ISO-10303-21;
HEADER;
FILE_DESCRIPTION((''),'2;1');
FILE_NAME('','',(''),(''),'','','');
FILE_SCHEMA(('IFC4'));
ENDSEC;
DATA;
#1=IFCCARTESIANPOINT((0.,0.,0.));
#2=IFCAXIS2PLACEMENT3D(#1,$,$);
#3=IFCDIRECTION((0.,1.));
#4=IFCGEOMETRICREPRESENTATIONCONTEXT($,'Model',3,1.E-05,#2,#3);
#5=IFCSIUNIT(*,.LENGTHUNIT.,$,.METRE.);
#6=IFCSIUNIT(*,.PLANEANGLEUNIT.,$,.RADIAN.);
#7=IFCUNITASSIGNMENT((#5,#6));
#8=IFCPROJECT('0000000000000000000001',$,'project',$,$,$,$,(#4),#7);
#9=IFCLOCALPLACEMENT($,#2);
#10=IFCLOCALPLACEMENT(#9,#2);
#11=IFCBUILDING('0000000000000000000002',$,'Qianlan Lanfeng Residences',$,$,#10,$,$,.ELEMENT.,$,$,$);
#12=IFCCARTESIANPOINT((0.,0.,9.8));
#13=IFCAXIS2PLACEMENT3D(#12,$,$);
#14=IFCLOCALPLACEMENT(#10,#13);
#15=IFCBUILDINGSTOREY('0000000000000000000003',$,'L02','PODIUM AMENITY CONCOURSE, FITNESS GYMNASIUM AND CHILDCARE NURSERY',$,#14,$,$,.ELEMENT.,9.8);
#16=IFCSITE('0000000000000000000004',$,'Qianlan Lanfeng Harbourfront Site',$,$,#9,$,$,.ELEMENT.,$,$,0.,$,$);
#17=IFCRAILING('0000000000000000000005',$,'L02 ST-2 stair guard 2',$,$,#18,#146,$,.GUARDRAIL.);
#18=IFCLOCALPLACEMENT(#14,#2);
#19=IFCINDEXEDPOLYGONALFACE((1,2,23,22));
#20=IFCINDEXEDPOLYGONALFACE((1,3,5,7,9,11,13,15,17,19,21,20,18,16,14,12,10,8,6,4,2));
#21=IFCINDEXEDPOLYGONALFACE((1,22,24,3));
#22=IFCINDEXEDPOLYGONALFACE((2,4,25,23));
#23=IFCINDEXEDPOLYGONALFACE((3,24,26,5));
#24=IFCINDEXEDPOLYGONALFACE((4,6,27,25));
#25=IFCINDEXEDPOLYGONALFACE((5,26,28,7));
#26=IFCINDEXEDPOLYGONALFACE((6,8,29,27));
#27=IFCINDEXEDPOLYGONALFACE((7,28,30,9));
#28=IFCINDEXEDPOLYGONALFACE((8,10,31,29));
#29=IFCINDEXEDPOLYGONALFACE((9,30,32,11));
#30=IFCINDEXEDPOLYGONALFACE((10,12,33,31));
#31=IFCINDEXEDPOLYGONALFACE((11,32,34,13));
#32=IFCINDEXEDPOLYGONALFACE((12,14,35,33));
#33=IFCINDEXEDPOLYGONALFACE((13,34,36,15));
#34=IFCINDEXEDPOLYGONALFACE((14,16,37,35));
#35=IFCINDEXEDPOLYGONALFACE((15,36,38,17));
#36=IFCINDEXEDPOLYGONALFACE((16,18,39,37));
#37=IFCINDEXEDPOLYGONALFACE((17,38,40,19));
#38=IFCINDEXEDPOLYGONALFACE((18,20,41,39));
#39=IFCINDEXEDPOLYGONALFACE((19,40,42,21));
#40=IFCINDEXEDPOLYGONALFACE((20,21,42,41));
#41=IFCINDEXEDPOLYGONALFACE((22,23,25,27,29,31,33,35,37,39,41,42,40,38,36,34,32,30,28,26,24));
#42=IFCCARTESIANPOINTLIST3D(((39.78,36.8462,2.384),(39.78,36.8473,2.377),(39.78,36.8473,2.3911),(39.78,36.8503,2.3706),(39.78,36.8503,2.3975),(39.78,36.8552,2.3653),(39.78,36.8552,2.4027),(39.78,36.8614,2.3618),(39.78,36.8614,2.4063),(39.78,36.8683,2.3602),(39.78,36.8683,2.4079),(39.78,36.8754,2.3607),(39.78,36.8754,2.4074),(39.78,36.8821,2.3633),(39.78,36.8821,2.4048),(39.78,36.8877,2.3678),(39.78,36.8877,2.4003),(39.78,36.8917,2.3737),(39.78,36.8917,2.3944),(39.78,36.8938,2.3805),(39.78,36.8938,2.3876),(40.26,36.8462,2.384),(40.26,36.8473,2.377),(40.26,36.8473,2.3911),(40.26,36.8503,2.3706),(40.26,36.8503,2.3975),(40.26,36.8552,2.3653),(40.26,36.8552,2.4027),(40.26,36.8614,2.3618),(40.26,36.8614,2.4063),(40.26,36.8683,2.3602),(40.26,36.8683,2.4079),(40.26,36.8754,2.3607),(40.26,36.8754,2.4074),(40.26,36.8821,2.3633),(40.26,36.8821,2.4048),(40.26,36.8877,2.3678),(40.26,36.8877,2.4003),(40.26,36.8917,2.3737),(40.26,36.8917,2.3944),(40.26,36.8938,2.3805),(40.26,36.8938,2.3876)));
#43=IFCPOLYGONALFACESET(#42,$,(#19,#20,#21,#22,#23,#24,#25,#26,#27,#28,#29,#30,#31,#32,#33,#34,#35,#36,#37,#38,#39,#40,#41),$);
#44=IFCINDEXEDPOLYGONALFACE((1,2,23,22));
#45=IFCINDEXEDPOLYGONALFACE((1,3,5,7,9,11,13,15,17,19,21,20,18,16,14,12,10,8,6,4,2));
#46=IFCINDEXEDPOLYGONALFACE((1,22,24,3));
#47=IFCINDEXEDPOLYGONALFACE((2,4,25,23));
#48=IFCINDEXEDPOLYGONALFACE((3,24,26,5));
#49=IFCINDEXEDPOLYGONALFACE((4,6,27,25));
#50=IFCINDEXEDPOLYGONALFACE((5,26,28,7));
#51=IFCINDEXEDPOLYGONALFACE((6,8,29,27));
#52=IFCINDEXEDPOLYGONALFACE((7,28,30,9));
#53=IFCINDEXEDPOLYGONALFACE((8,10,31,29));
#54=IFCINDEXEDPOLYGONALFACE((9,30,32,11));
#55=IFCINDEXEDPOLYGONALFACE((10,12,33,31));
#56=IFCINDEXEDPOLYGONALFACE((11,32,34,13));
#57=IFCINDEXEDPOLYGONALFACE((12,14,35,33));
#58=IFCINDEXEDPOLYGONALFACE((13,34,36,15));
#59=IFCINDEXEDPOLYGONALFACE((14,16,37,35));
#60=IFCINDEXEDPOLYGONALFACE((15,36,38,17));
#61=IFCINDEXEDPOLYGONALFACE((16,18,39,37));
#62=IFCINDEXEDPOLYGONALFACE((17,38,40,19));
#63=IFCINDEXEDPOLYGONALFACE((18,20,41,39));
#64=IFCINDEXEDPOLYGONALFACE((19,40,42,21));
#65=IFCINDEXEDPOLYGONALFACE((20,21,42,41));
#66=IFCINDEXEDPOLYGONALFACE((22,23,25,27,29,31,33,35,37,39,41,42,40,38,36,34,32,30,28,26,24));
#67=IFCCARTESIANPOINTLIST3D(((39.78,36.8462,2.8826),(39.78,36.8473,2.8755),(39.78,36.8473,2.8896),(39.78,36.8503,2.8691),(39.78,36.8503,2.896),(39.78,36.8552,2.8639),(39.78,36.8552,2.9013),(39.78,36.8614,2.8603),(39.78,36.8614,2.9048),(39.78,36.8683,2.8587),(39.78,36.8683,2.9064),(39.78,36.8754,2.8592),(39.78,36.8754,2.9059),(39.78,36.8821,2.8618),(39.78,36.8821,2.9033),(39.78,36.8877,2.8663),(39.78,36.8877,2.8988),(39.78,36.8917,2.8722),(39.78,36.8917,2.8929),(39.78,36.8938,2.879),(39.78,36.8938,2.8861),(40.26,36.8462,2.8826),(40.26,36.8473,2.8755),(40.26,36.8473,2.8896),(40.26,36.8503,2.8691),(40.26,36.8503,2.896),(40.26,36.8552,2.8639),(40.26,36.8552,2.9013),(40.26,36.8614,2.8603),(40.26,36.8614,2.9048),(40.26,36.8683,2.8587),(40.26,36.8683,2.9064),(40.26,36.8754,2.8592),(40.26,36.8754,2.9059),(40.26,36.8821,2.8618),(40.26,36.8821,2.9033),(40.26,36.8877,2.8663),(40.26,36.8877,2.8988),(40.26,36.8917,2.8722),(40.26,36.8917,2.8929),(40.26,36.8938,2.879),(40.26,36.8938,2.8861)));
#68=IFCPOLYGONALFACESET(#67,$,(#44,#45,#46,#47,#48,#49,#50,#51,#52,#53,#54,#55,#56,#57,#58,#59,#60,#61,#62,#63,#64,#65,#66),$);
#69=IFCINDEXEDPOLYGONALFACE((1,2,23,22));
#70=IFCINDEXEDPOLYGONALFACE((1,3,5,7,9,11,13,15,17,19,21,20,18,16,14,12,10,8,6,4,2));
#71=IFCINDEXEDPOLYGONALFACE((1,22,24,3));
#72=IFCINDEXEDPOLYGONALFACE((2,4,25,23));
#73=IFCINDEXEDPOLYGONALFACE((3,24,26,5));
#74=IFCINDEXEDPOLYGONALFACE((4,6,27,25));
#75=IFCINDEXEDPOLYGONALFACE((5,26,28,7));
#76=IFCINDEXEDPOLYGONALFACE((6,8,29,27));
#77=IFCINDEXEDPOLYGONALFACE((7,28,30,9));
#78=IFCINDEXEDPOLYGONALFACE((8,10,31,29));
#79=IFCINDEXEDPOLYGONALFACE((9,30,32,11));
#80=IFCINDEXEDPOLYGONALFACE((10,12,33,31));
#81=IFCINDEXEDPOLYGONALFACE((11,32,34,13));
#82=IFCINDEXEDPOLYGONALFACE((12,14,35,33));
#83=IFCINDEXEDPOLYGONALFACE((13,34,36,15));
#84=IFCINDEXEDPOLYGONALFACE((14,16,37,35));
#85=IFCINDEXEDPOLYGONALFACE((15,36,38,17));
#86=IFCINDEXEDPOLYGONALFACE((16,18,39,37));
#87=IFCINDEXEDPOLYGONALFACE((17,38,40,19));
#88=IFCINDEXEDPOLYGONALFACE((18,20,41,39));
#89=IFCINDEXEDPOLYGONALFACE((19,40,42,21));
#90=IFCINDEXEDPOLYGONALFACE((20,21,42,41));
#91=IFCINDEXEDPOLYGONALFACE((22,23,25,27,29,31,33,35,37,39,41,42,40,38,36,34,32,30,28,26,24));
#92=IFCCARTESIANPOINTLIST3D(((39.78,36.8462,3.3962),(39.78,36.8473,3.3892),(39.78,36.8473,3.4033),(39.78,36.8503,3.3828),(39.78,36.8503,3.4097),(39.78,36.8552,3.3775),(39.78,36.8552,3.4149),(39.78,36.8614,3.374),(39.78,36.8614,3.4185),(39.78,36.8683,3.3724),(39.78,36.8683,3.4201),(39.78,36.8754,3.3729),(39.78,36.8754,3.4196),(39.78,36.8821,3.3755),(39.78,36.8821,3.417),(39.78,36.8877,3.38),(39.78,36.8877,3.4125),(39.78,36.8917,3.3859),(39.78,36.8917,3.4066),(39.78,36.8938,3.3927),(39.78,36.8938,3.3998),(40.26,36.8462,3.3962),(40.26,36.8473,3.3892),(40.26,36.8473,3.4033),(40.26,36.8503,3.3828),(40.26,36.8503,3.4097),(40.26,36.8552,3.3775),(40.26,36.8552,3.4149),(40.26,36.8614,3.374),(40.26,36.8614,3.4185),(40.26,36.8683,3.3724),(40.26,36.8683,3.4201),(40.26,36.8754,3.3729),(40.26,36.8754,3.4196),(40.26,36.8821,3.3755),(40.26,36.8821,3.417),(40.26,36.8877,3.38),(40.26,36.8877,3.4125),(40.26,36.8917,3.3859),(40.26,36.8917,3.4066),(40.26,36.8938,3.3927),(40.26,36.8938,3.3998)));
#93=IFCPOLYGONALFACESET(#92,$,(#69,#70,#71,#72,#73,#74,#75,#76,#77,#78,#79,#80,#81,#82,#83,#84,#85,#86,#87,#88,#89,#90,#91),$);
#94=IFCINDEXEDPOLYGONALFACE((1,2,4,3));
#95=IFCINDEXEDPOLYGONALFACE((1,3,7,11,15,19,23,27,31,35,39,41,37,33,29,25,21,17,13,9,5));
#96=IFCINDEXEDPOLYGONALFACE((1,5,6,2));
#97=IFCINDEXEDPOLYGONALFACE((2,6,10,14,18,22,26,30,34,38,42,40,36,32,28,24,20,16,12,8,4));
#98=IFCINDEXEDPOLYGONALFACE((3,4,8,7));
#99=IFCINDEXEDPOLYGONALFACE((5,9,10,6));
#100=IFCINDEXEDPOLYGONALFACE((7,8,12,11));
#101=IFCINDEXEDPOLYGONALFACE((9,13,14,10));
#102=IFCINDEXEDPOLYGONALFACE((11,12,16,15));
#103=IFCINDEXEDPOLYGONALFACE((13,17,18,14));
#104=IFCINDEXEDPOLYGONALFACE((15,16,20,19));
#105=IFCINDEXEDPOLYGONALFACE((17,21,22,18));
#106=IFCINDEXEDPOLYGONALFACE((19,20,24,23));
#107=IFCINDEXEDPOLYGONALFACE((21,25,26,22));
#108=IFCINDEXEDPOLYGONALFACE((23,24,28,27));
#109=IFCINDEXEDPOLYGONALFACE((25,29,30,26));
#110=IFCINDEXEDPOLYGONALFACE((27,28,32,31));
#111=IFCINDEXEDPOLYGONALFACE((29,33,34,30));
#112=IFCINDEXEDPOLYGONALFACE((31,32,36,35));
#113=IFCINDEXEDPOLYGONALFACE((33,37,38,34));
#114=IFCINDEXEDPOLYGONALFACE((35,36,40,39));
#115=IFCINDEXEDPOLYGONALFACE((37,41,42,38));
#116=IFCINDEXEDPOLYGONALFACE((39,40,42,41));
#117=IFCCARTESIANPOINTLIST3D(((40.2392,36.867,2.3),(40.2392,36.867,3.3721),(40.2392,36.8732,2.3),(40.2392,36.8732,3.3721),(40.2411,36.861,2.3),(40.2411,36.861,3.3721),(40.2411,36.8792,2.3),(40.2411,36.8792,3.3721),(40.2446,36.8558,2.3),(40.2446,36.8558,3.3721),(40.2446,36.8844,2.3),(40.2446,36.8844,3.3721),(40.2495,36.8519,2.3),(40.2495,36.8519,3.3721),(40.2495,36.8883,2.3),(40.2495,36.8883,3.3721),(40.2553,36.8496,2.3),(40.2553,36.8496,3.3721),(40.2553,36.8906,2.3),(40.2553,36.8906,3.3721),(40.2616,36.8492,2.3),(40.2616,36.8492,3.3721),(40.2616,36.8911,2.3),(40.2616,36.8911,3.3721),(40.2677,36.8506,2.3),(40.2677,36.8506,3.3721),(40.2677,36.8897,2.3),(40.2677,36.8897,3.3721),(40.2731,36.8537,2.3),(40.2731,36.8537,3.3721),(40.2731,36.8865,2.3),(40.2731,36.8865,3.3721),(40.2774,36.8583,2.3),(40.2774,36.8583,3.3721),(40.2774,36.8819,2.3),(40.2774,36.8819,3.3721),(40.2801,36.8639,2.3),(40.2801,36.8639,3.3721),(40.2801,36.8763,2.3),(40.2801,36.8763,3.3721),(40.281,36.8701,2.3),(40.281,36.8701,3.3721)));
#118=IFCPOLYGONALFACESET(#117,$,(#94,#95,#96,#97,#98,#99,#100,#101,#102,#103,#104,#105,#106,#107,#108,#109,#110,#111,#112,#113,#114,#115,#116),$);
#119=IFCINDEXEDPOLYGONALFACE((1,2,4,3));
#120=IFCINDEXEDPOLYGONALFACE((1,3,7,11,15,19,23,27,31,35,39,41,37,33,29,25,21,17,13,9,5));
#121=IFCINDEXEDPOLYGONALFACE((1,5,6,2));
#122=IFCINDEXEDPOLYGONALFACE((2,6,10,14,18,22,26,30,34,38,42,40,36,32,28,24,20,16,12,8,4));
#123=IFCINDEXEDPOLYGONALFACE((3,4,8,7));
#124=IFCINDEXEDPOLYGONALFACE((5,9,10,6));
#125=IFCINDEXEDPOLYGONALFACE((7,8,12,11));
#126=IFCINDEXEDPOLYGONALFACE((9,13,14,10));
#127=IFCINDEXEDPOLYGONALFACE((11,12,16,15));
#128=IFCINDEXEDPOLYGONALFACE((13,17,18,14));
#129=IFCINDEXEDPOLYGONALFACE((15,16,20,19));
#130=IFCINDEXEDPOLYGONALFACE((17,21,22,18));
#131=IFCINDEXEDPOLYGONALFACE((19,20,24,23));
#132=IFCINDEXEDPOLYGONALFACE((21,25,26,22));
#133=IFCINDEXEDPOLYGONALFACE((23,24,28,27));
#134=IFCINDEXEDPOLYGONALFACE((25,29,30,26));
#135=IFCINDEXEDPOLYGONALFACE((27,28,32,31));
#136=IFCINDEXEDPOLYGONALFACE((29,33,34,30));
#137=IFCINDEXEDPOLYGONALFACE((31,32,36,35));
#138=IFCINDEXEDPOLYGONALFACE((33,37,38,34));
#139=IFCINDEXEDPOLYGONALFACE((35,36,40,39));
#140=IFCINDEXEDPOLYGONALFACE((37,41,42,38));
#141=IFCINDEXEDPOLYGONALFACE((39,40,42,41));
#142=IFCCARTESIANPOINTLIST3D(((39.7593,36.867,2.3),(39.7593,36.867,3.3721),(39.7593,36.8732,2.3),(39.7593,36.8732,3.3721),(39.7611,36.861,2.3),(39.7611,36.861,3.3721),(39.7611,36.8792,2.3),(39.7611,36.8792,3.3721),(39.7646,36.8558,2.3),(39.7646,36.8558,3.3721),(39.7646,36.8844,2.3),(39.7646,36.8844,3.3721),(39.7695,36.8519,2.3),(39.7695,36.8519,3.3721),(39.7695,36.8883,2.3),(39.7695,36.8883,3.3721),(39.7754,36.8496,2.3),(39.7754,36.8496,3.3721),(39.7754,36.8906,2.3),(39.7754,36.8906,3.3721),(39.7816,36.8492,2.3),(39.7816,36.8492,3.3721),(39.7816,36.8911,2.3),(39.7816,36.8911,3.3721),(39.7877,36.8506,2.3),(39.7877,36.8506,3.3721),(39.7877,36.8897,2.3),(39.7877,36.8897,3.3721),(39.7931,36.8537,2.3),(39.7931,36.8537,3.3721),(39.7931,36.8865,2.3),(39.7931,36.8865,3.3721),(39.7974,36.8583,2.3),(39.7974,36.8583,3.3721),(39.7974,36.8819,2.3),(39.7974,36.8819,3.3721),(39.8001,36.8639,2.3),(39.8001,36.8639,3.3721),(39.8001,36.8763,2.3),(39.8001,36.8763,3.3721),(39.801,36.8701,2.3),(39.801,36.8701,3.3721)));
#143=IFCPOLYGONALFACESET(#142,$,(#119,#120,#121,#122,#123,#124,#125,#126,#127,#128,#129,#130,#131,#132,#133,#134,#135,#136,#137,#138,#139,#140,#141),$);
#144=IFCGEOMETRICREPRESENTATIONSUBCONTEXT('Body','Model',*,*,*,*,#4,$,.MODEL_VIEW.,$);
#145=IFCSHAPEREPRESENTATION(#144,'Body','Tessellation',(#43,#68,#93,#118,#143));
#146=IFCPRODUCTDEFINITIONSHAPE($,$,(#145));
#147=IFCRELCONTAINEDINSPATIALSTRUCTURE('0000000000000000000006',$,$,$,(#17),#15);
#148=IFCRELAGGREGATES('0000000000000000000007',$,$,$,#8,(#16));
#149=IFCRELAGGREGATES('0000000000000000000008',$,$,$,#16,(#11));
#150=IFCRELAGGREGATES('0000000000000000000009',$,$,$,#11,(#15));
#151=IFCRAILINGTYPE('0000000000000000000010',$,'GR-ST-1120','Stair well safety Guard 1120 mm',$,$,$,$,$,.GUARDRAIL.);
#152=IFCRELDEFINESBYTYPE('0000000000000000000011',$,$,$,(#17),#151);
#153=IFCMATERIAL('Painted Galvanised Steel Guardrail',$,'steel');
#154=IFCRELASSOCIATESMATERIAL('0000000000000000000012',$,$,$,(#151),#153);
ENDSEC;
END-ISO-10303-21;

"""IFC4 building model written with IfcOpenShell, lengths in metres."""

from ifc_helpers import new_model, si_unit, direction, frame, origin, origin_2d, place, context, subcontext, project, spatial, circle, extrude, material, type_object, element, save


model = new_model("IFC4")

# Units and contexts
model_context = context("Model", 3, precision=1e-05, world=origin(), true_north=direction((0.0, 1.0)))
body_context = subcontext(model_context, "Body", "Model", "MODEL_VIEW")
ifc_project = project(units=[si_unit("LENGTHUNIT", "METRE"), si_unit("PLANEANGLEUNIT", "RADIAN")], contexts=[model_context])

# Site, building, storey
site_placement = place(None, origin())
site = spatial("IfcSite", under=ifc_project, at=site_placement, Name="Qianlan Lanfeng Harbourfront Site", CompositionType="ELEMENT", RefElevation=0.0)
building_placement = place(site_placement, origin())
building = spatial("IfcBuilding", under=site, at=building_placement, Name="Qianlan Lanfeng Residences", CompositionType="ELEMENT")
storey_placement = place(building_placement, frame((0.0, 0.0, 9.8)))
storey = spatial("IfcBuildingStorey", under=building, at=storey_placement, Name="L02", Description="PODIUM AMENITY CONCOURSE, FITNESS GYMNASIUM AND CHILDCARE NURSERY", CompositionType="ELEMENT", Elevation=9.8)

# Railing
ifc_material_1 = material(Name="Painted Galvanised Steel Guardrail", Category="steel")
railing_type_1 = type_object("IfcRailingType", Name="GR-ST-1120", Description="Stair well safety Guard 1120 mm", PredefinedType="GUARDRAIL", material=ifc_material_1)
railing_1_placement = place(storey_placement, frame((40.26, 36.8701, 2.3)))
element("IfcRailing", 1, at=railing_1_placement, inside=storey, type_object=railing_type_1, Name="L02 ST-2 stair guard 2", PredefinedType="GUARDRAIL", context=body_context, shape_type="SweptSolid", body=[
    extrude(circle(Radius=0.0239, at=origin_2d()), frame((0.0, 0.0, 0.084), z_axis=(-1.0, 0.0, 0.0), x_axis=(0.0, -1.0, 0.0)), (0.0, 0.0, 1.0), 0.48),
    extrude(circle(Radius=0.0239, at=origin_2d()), frame((0.0, 0.0, 0.5825), z_axis=(-1.0, 0.0, 0.0), x_axis=(0.0, -1.0, 0.0)), (0.0, 0.0, 1.0), 0.48),
    extrude(circle(Radius=0.0239, at=origin_2d()), frame((0.0, 0.0, 1.0962), z_axis=(-1.0, 0.0, 0.0), x_axis=(0.0, -1.0, 0.0)), (0.0, 0.0, 1.0), 0.48),
    extrude(circle(Radius=0.021, at=origin_2d()), origin(), (0.0, 0.0, 1.0), 1.072),
    extrude(circle(Radius=0.021, at=origin_2d()), frame((-0.48, 0.0, 0.0)), (0.0, 0.0, 1.0), 1.072),
])

save(model, "model.ifc")
